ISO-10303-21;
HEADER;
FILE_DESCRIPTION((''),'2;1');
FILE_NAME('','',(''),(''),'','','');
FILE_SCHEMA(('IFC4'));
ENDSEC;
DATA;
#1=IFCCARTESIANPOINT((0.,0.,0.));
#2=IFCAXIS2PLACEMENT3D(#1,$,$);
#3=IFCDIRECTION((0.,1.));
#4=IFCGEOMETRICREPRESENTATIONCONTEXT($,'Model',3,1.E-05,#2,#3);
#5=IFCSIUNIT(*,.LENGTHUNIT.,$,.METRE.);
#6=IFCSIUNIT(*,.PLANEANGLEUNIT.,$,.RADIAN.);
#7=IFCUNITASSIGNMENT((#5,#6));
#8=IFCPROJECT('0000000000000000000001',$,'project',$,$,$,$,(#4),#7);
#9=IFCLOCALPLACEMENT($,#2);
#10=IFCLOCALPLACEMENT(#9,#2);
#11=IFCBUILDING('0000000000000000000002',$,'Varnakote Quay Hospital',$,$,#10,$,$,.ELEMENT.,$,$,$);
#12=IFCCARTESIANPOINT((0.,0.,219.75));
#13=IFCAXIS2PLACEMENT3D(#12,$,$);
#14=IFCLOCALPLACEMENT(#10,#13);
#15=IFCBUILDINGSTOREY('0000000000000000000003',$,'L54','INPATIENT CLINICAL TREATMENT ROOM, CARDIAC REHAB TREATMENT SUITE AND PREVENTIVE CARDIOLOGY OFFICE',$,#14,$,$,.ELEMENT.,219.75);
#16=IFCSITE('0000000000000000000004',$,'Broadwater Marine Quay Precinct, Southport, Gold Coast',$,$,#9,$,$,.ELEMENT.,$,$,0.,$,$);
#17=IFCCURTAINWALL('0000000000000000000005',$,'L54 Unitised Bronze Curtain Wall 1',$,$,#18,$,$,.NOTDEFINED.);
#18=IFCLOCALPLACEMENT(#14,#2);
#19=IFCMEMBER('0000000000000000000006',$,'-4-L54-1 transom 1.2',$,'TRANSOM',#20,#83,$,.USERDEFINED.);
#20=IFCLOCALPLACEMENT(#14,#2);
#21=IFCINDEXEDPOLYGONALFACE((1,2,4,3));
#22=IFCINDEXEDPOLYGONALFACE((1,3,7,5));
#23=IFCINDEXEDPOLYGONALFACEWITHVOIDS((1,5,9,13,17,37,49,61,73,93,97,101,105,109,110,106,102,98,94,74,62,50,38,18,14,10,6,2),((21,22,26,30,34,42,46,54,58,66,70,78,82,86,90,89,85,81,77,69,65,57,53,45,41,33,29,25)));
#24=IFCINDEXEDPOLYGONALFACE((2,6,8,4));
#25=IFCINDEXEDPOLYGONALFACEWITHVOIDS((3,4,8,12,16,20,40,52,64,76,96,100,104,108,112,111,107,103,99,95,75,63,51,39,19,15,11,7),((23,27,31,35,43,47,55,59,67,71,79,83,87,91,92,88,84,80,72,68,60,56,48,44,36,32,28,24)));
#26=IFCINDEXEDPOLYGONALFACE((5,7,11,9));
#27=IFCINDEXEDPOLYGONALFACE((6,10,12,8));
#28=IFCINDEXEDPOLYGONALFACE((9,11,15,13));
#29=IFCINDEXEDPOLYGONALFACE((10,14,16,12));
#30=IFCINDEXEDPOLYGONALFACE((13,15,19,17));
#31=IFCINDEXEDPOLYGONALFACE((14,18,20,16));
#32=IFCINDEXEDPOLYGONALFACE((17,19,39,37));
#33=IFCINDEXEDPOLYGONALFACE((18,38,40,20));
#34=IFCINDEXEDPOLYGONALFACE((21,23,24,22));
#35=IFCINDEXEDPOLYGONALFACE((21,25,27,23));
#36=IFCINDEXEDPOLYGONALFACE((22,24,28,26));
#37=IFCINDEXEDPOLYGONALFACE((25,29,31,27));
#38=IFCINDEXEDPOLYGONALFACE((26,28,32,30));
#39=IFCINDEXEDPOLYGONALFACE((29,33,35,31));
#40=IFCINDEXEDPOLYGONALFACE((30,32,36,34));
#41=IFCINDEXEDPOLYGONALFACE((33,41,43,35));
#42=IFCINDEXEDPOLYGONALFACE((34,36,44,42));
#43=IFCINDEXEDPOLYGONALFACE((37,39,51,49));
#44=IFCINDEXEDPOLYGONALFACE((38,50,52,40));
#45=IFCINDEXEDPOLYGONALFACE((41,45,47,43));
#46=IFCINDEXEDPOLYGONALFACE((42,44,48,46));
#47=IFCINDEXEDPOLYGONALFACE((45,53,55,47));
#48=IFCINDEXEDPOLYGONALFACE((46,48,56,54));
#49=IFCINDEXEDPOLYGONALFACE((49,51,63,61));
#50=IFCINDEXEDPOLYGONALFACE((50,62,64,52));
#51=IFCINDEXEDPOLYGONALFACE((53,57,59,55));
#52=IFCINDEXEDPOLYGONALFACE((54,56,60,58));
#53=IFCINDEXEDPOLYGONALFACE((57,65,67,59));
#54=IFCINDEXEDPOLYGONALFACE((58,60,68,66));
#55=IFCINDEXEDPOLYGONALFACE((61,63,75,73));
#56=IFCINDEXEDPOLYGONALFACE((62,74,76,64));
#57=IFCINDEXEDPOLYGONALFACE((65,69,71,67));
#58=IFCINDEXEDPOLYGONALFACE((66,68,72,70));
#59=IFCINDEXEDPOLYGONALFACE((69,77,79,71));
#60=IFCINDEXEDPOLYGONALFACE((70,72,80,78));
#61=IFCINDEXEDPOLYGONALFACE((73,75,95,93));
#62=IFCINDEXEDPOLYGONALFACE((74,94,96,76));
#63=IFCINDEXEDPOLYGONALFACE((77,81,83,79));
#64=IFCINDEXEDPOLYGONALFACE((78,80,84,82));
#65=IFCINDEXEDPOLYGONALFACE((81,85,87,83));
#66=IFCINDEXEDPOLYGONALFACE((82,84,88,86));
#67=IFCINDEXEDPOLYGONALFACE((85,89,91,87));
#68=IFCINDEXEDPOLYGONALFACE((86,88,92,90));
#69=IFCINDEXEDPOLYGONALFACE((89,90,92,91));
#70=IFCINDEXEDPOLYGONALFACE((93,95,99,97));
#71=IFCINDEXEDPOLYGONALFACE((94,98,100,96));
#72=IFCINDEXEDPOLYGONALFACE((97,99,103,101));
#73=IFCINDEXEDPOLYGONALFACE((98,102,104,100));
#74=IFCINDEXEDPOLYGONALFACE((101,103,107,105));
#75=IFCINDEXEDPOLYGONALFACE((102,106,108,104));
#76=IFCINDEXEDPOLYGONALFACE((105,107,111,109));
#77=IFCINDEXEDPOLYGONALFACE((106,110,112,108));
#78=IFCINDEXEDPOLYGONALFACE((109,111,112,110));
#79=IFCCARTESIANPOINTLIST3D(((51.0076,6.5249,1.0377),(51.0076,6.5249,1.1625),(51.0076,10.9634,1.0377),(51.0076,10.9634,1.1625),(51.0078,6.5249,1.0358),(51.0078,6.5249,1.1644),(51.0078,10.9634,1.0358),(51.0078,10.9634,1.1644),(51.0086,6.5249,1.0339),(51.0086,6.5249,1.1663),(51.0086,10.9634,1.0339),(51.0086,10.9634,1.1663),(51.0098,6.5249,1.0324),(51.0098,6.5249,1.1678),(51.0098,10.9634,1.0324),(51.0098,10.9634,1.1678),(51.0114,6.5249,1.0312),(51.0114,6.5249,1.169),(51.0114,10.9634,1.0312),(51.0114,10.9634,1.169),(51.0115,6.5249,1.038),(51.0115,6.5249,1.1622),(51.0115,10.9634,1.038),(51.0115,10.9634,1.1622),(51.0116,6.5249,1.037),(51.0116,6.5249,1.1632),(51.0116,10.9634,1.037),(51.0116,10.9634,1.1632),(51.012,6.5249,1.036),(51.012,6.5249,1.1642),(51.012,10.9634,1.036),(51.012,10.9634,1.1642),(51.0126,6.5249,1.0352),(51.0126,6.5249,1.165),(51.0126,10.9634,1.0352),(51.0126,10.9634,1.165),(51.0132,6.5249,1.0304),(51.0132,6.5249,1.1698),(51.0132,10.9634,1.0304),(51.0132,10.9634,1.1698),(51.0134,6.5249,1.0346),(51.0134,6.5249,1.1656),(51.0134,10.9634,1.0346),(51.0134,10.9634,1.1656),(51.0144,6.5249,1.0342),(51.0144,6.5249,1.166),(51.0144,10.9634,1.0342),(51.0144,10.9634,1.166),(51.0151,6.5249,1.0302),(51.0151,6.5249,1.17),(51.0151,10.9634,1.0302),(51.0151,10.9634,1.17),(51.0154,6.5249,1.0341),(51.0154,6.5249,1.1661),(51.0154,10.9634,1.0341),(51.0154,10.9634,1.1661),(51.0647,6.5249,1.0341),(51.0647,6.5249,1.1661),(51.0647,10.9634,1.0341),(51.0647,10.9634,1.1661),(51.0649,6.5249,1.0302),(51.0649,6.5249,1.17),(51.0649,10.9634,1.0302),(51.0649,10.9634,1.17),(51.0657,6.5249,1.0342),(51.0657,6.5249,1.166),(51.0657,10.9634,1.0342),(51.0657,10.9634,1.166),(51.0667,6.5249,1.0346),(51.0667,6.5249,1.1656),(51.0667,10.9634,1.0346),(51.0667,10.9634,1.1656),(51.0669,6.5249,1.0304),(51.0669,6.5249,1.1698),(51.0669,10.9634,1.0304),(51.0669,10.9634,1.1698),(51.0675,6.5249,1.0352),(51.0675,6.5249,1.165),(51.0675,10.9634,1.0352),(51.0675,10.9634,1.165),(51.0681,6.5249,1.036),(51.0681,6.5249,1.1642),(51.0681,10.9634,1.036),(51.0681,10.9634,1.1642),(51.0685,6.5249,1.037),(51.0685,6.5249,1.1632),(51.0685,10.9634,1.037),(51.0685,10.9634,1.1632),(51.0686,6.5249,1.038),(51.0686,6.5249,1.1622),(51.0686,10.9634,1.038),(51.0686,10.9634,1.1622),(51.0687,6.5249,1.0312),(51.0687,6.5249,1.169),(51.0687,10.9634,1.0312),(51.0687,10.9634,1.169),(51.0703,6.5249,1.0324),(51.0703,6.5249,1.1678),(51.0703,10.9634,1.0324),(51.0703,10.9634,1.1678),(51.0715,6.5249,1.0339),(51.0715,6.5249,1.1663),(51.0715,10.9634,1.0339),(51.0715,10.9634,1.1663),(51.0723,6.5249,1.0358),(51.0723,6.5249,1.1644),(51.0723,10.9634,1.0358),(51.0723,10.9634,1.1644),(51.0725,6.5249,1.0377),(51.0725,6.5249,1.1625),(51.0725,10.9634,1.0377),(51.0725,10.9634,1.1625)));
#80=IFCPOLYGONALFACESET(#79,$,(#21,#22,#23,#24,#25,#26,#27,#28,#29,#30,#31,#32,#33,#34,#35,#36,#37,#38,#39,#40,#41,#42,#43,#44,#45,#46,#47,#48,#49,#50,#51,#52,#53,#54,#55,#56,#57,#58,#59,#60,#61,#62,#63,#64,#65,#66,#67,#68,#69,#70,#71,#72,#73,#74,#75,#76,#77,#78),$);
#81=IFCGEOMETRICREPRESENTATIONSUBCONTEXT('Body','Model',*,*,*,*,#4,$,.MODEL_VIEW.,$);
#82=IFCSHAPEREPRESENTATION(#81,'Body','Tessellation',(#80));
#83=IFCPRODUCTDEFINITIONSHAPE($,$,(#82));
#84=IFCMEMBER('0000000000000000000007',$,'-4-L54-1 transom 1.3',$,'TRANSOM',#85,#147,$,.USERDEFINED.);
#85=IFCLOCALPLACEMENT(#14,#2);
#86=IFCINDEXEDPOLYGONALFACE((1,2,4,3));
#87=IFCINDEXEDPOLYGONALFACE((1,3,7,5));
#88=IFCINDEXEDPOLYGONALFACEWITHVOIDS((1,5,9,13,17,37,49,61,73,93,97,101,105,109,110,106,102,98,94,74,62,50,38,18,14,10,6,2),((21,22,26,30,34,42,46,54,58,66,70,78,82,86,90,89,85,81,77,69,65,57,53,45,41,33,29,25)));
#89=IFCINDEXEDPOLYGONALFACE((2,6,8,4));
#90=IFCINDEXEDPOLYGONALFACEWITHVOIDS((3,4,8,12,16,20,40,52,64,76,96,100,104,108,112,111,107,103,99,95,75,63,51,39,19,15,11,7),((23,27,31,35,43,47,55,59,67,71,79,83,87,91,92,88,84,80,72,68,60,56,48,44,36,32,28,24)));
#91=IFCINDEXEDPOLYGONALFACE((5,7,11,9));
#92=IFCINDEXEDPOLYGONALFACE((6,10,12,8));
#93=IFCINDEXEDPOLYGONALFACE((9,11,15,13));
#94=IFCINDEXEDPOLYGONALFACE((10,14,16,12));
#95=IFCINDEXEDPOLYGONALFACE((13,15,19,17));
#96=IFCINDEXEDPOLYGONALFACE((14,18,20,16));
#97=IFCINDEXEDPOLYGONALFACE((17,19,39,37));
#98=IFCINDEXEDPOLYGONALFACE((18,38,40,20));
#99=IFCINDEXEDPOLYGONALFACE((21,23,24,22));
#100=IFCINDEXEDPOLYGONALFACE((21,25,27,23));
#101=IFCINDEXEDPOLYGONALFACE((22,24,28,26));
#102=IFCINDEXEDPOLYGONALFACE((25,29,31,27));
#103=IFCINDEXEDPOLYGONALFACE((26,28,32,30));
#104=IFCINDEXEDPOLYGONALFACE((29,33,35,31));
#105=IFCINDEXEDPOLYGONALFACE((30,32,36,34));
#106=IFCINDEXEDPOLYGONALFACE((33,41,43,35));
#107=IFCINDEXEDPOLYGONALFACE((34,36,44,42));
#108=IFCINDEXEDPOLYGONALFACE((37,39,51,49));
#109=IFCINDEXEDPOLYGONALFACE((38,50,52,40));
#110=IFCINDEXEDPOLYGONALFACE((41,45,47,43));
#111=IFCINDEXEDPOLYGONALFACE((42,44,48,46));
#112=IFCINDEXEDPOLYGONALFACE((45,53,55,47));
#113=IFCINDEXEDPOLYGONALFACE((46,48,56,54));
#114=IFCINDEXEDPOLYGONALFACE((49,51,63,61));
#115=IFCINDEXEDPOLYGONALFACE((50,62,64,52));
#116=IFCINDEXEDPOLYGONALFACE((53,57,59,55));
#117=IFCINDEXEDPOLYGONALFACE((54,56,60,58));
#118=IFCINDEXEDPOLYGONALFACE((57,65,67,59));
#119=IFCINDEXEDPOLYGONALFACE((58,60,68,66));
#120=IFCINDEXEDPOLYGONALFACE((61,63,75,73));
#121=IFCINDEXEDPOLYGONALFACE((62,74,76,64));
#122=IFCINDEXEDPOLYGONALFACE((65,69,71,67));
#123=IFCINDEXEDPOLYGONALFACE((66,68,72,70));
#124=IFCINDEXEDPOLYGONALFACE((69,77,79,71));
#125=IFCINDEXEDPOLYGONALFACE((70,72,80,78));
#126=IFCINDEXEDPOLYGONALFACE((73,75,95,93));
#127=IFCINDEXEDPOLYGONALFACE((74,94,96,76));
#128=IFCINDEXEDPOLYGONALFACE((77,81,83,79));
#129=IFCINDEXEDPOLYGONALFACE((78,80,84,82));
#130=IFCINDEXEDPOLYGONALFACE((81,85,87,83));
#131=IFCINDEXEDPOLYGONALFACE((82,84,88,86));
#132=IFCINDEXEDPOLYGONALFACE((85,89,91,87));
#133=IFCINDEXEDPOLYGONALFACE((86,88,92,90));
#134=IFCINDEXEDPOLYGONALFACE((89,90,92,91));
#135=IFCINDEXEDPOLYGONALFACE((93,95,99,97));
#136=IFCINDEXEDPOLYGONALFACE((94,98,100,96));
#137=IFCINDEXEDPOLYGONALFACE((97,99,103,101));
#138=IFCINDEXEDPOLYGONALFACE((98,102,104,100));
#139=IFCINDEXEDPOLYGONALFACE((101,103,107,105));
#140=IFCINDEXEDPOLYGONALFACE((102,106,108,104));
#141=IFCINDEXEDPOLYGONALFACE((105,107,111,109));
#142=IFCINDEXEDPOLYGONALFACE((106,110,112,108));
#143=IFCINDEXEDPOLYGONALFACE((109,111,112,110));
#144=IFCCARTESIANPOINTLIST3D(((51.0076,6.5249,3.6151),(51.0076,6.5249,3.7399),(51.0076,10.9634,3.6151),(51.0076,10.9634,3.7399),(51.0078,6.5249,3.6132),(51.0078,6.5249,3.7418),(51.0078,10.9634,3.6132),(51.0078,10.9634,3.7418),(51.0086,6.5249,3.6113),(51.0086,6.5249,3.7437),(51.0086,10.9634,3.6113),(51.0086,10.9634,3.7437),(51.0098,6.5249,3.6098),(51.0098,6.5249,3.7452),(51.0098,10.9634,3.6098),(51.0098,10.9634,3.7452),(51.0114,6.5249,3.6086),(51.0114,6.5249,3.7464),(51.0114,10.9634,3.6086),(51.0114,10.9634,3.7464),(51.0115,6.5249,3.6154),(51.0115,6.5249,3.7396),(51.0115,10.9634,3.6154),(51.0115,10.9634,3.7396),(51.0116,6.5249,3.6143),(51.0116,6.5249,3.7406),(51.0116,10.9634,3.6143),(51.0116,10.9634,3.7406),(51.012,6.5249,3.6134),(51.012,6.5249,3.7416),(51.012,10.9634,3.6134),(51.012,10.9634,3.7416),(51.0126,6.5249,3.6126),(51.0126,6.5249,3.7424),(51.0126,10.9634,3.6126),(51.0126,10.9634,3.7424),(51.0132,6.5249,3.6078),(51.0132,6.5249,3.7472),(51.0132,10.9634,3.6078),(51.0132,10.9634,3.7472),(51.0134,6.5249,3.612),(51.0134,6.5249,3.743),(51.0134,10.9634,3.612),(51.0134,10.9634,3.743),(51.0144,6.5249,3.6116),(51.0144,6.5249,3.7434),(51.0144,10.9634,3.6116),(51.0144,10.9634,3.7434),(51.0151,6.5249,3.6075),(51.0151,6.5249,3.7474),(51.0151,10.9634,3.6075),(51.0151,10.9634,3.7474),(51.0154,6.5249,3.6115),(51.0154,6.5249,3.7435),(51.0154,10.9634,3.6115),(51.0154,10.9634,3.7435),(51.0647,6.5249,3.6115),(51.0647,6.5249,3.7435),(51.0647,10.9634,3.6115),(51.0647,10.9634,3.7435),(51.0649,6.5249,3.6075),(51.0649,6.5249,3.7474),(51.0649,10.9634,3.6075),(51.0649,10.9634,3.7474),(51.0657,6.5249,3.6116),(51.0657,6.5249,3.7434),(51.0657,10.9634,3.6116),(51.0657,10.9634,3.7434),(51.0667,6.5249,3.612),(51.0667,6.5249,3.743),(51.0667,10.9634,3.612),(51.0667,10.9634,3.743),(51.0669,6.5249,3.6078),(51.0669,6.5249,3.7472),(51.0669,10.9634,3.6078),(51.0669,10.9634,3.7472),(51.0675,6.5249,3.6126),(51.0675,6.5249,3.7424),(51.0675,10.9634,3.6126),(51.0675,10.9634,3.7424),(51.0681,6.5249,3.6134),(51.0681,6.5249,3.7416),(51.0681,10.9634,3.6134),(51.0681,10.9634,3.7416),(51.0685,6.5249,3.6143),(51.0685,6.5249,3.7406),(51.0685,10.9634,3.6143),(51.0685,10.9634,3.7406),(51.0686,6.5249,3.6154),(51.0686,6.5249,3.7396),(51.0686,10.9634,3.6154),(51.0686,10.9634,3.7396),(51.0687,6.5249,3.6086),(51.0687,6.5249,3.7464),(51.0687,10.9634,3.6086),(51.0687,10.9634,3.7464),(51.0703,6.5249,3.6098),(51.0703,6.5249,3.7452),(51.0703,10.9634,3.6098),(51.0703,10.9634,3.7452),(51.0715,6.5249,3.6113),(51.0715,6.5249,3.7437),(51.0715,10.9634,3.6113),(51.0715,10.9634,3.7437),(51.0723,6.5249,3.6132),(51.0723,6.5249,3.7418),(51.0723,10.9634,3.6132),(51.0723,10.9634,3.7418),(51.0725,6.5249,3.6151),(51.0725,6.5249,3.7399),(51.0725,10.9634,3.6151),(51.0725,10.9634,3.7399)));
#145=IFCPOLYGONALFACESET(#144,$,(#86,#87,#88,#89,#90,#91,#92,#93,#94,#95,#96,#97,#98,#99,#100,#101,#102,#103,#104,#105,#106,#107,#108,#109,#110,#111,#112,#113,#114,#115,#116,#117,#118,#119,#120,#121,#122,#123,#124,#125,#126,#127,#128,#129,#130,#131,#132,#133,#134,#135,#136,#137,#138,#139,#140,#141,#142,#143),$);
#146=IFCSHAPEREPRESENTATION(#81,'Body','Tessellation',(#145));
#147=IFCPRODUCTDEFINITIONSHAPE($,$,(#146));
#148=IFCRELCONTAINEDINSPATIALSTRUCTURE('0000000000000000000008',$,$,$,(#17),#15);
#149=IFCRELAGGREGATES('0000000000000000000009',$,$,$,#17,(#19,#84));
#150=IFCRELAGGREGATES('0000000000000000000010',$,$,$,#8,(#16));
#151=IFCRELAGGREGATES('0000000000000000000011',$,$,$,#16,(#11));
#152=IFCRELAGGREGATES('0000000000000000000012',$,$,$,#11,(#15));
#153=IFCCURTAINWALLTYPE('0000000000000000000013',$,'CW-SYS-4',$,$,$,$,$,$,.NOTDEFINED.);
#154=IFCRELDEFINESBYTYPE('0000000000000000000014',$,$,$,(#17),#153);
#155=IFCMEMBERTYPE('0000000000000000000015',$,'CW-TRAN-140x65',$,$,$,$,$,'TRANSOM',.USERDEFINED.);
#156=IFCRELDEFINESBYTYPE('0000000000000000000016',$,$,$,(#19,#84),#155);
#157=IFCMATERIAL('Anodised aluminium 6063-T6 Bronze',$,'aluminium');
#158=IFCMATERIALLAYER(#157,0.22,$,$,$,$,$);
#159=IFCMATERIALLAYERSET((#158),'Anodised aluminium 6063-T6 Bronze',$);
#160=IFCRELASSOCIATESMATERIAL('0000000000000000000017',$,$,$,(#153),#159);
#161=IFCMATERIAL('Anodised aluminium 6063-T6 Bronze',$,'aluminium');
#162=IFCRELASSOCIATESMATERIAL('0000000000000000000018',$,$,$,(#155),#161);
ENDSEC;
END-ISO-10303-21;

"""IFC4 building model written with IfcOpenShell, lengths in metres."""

from ifc_helpers import new_model, si_unit, direction, frame, origin, origin_2d, place, context, subcontext, project, spatial, hollow_rectangle, extrude, material, layer, layer_set, material_profile, profile_set, type_object, element, aggregate, save


model = new_model("IFC4")

# Units and contexts
model_context = context("Model", 3, precision=1e-05, world=origin(), true_north=direction((0.0, 1.0)))
body_context = subcontext(model_context, "Body", "Model", "MODEL_VIEW")
ifc_project = project(units=[si_unit("LENGTHUNIT", "METRE"), si_unit("PLANEANGLEUNIT", "RADIAN")], contexts=[model_context])

# Site, building, storey
site_placement = place(None, origin())
site = spatial("IfcSite", under=ifc_project, at=site_placement, Name="Broadwater Marine Quay Precinct, Southport, Gold Coast", CompositionType="ELEMENT", RefElevation=0.0)
building_placement = place(site_placement, origin())
building = spatial("IfcBuilding", under=site, at=building_placement, Name="Varnakote Quay Hospital", CompositionType="ELEMENT")
storey_placement = place(building_placement, frame((0.0, 0.0, 219.75)))
storey = spatial("IfcBuildingStorey", under=building, at=storey_placement, Name="L54", Description="INPATIENT CLINICAL TREATMENT ROOM, CARDIAC REHAB TREATMENT SUITE AND PREVENTIVE CARDIOLOGY OFFICE", CompositionType="ELEMENT", Elevation=219.75)

# Curtain wall, members
ifc_material_1 = material(Name="Anodised aluminium 6063-T6 Bronze", Category="aluminium")
ifc_layer_1 = layer(ifc_material_1, 0.22)
ifc_layer_set_1 = layer_set([ifc_layer_1], Name="Anodised aluminium 6063-T6 Bronze")
curtain_wall_type = type_object("IfcCurtainWallType", Name="CW-SYS-4", PredefinedType="NOTDEFINED", material=ifc_layer_set_1)
curtain_wall_placement = place(storey_placement, origin())
curtain_wall = element("IfcCurtainWall", 1, at=curtain_wall_placement, inside=storey, type_object=curtain_wall_type, Name="L54 Unitised Bronze Curtain Wall 1", PredefinedType="NOTDEFINED")
ifc_material_2 = material(Name="Anodised aluminium 6063-T6 Bronze", Category="aluminium")
ifc_material_profile_1 = material_profile(ifc_material_2, hollow_rectangle(XDim=0.0649, YDim=0.1399, WallThickness=0.0039, InnerFilletRadius=0.0039, OuterFilletRadius=0.0076, at=origin_2d()), Name="CW-TRAN-140x65")
ifc_profile_set_1 = profile_set([ifc_material_profile_1], Name="Anodised aluminium 6063-T6 Bronze")
member_type_1 = type_object("IfcMemberType", Name="CW-TRAN-140x65", ElementType="TRANSOM", PredefinedType="USERDEFINED", material=ifc_profile_set_1)
member_1_placement = place(storey_placement, frame((51.04, 6.5249, 1.1001), z_axis=(0.0, 1.0, 0.0), x_axis=(-1.0, 0.0, 0.0)))
member_1 = element("IfcMember", 2, at=member_1_placement, type_object=member_type_1, Name="-4-L54-1 transom 1.2", ObjectType="TRANSOM", PredefinedType="USERDEFINED", context=body_context, shape_type="SweptSolid", body=[
    extrude(hollow_rectangle(XDim=0.0649, YDim=0.1399, WallThickness=0.0039, InnerFilletRadius=0.0039, OuterFilletRadius=0.0076, at=origin_2d()), origin(), (0.0, 0.0, 1.0), 4.4385),
])
member_2_placement = place(storey_placement, frame((51.04, 6.5249, 3.6775), z_axis=(0.0, 1.0, 0.0), x_axis=(-1.0, 0.0, 0.0)))
member_2 = element("IfcMember", 3, at=member_2_placement, type_object=member_type_1, Name="-4-L54-1 transom 1.3", ObjectType="TRANSOM", PredefinedType="USERDEFINED", context=body_context, shape_type="SweptSolid", body=[
    extrude(hollow_rectangle(XDim=0.0649, YDim=0.1399, WallThickness=0.0039, InnerFilletRadius=0.0039, OuterFilletRadius=0.0076, at=origin_2d()), origin(), (0.0, 0.0, 1.0), 4.4385),
])
aggregate(curtain_wall, [member_1, member_2])

save(model, "model.ifc")
